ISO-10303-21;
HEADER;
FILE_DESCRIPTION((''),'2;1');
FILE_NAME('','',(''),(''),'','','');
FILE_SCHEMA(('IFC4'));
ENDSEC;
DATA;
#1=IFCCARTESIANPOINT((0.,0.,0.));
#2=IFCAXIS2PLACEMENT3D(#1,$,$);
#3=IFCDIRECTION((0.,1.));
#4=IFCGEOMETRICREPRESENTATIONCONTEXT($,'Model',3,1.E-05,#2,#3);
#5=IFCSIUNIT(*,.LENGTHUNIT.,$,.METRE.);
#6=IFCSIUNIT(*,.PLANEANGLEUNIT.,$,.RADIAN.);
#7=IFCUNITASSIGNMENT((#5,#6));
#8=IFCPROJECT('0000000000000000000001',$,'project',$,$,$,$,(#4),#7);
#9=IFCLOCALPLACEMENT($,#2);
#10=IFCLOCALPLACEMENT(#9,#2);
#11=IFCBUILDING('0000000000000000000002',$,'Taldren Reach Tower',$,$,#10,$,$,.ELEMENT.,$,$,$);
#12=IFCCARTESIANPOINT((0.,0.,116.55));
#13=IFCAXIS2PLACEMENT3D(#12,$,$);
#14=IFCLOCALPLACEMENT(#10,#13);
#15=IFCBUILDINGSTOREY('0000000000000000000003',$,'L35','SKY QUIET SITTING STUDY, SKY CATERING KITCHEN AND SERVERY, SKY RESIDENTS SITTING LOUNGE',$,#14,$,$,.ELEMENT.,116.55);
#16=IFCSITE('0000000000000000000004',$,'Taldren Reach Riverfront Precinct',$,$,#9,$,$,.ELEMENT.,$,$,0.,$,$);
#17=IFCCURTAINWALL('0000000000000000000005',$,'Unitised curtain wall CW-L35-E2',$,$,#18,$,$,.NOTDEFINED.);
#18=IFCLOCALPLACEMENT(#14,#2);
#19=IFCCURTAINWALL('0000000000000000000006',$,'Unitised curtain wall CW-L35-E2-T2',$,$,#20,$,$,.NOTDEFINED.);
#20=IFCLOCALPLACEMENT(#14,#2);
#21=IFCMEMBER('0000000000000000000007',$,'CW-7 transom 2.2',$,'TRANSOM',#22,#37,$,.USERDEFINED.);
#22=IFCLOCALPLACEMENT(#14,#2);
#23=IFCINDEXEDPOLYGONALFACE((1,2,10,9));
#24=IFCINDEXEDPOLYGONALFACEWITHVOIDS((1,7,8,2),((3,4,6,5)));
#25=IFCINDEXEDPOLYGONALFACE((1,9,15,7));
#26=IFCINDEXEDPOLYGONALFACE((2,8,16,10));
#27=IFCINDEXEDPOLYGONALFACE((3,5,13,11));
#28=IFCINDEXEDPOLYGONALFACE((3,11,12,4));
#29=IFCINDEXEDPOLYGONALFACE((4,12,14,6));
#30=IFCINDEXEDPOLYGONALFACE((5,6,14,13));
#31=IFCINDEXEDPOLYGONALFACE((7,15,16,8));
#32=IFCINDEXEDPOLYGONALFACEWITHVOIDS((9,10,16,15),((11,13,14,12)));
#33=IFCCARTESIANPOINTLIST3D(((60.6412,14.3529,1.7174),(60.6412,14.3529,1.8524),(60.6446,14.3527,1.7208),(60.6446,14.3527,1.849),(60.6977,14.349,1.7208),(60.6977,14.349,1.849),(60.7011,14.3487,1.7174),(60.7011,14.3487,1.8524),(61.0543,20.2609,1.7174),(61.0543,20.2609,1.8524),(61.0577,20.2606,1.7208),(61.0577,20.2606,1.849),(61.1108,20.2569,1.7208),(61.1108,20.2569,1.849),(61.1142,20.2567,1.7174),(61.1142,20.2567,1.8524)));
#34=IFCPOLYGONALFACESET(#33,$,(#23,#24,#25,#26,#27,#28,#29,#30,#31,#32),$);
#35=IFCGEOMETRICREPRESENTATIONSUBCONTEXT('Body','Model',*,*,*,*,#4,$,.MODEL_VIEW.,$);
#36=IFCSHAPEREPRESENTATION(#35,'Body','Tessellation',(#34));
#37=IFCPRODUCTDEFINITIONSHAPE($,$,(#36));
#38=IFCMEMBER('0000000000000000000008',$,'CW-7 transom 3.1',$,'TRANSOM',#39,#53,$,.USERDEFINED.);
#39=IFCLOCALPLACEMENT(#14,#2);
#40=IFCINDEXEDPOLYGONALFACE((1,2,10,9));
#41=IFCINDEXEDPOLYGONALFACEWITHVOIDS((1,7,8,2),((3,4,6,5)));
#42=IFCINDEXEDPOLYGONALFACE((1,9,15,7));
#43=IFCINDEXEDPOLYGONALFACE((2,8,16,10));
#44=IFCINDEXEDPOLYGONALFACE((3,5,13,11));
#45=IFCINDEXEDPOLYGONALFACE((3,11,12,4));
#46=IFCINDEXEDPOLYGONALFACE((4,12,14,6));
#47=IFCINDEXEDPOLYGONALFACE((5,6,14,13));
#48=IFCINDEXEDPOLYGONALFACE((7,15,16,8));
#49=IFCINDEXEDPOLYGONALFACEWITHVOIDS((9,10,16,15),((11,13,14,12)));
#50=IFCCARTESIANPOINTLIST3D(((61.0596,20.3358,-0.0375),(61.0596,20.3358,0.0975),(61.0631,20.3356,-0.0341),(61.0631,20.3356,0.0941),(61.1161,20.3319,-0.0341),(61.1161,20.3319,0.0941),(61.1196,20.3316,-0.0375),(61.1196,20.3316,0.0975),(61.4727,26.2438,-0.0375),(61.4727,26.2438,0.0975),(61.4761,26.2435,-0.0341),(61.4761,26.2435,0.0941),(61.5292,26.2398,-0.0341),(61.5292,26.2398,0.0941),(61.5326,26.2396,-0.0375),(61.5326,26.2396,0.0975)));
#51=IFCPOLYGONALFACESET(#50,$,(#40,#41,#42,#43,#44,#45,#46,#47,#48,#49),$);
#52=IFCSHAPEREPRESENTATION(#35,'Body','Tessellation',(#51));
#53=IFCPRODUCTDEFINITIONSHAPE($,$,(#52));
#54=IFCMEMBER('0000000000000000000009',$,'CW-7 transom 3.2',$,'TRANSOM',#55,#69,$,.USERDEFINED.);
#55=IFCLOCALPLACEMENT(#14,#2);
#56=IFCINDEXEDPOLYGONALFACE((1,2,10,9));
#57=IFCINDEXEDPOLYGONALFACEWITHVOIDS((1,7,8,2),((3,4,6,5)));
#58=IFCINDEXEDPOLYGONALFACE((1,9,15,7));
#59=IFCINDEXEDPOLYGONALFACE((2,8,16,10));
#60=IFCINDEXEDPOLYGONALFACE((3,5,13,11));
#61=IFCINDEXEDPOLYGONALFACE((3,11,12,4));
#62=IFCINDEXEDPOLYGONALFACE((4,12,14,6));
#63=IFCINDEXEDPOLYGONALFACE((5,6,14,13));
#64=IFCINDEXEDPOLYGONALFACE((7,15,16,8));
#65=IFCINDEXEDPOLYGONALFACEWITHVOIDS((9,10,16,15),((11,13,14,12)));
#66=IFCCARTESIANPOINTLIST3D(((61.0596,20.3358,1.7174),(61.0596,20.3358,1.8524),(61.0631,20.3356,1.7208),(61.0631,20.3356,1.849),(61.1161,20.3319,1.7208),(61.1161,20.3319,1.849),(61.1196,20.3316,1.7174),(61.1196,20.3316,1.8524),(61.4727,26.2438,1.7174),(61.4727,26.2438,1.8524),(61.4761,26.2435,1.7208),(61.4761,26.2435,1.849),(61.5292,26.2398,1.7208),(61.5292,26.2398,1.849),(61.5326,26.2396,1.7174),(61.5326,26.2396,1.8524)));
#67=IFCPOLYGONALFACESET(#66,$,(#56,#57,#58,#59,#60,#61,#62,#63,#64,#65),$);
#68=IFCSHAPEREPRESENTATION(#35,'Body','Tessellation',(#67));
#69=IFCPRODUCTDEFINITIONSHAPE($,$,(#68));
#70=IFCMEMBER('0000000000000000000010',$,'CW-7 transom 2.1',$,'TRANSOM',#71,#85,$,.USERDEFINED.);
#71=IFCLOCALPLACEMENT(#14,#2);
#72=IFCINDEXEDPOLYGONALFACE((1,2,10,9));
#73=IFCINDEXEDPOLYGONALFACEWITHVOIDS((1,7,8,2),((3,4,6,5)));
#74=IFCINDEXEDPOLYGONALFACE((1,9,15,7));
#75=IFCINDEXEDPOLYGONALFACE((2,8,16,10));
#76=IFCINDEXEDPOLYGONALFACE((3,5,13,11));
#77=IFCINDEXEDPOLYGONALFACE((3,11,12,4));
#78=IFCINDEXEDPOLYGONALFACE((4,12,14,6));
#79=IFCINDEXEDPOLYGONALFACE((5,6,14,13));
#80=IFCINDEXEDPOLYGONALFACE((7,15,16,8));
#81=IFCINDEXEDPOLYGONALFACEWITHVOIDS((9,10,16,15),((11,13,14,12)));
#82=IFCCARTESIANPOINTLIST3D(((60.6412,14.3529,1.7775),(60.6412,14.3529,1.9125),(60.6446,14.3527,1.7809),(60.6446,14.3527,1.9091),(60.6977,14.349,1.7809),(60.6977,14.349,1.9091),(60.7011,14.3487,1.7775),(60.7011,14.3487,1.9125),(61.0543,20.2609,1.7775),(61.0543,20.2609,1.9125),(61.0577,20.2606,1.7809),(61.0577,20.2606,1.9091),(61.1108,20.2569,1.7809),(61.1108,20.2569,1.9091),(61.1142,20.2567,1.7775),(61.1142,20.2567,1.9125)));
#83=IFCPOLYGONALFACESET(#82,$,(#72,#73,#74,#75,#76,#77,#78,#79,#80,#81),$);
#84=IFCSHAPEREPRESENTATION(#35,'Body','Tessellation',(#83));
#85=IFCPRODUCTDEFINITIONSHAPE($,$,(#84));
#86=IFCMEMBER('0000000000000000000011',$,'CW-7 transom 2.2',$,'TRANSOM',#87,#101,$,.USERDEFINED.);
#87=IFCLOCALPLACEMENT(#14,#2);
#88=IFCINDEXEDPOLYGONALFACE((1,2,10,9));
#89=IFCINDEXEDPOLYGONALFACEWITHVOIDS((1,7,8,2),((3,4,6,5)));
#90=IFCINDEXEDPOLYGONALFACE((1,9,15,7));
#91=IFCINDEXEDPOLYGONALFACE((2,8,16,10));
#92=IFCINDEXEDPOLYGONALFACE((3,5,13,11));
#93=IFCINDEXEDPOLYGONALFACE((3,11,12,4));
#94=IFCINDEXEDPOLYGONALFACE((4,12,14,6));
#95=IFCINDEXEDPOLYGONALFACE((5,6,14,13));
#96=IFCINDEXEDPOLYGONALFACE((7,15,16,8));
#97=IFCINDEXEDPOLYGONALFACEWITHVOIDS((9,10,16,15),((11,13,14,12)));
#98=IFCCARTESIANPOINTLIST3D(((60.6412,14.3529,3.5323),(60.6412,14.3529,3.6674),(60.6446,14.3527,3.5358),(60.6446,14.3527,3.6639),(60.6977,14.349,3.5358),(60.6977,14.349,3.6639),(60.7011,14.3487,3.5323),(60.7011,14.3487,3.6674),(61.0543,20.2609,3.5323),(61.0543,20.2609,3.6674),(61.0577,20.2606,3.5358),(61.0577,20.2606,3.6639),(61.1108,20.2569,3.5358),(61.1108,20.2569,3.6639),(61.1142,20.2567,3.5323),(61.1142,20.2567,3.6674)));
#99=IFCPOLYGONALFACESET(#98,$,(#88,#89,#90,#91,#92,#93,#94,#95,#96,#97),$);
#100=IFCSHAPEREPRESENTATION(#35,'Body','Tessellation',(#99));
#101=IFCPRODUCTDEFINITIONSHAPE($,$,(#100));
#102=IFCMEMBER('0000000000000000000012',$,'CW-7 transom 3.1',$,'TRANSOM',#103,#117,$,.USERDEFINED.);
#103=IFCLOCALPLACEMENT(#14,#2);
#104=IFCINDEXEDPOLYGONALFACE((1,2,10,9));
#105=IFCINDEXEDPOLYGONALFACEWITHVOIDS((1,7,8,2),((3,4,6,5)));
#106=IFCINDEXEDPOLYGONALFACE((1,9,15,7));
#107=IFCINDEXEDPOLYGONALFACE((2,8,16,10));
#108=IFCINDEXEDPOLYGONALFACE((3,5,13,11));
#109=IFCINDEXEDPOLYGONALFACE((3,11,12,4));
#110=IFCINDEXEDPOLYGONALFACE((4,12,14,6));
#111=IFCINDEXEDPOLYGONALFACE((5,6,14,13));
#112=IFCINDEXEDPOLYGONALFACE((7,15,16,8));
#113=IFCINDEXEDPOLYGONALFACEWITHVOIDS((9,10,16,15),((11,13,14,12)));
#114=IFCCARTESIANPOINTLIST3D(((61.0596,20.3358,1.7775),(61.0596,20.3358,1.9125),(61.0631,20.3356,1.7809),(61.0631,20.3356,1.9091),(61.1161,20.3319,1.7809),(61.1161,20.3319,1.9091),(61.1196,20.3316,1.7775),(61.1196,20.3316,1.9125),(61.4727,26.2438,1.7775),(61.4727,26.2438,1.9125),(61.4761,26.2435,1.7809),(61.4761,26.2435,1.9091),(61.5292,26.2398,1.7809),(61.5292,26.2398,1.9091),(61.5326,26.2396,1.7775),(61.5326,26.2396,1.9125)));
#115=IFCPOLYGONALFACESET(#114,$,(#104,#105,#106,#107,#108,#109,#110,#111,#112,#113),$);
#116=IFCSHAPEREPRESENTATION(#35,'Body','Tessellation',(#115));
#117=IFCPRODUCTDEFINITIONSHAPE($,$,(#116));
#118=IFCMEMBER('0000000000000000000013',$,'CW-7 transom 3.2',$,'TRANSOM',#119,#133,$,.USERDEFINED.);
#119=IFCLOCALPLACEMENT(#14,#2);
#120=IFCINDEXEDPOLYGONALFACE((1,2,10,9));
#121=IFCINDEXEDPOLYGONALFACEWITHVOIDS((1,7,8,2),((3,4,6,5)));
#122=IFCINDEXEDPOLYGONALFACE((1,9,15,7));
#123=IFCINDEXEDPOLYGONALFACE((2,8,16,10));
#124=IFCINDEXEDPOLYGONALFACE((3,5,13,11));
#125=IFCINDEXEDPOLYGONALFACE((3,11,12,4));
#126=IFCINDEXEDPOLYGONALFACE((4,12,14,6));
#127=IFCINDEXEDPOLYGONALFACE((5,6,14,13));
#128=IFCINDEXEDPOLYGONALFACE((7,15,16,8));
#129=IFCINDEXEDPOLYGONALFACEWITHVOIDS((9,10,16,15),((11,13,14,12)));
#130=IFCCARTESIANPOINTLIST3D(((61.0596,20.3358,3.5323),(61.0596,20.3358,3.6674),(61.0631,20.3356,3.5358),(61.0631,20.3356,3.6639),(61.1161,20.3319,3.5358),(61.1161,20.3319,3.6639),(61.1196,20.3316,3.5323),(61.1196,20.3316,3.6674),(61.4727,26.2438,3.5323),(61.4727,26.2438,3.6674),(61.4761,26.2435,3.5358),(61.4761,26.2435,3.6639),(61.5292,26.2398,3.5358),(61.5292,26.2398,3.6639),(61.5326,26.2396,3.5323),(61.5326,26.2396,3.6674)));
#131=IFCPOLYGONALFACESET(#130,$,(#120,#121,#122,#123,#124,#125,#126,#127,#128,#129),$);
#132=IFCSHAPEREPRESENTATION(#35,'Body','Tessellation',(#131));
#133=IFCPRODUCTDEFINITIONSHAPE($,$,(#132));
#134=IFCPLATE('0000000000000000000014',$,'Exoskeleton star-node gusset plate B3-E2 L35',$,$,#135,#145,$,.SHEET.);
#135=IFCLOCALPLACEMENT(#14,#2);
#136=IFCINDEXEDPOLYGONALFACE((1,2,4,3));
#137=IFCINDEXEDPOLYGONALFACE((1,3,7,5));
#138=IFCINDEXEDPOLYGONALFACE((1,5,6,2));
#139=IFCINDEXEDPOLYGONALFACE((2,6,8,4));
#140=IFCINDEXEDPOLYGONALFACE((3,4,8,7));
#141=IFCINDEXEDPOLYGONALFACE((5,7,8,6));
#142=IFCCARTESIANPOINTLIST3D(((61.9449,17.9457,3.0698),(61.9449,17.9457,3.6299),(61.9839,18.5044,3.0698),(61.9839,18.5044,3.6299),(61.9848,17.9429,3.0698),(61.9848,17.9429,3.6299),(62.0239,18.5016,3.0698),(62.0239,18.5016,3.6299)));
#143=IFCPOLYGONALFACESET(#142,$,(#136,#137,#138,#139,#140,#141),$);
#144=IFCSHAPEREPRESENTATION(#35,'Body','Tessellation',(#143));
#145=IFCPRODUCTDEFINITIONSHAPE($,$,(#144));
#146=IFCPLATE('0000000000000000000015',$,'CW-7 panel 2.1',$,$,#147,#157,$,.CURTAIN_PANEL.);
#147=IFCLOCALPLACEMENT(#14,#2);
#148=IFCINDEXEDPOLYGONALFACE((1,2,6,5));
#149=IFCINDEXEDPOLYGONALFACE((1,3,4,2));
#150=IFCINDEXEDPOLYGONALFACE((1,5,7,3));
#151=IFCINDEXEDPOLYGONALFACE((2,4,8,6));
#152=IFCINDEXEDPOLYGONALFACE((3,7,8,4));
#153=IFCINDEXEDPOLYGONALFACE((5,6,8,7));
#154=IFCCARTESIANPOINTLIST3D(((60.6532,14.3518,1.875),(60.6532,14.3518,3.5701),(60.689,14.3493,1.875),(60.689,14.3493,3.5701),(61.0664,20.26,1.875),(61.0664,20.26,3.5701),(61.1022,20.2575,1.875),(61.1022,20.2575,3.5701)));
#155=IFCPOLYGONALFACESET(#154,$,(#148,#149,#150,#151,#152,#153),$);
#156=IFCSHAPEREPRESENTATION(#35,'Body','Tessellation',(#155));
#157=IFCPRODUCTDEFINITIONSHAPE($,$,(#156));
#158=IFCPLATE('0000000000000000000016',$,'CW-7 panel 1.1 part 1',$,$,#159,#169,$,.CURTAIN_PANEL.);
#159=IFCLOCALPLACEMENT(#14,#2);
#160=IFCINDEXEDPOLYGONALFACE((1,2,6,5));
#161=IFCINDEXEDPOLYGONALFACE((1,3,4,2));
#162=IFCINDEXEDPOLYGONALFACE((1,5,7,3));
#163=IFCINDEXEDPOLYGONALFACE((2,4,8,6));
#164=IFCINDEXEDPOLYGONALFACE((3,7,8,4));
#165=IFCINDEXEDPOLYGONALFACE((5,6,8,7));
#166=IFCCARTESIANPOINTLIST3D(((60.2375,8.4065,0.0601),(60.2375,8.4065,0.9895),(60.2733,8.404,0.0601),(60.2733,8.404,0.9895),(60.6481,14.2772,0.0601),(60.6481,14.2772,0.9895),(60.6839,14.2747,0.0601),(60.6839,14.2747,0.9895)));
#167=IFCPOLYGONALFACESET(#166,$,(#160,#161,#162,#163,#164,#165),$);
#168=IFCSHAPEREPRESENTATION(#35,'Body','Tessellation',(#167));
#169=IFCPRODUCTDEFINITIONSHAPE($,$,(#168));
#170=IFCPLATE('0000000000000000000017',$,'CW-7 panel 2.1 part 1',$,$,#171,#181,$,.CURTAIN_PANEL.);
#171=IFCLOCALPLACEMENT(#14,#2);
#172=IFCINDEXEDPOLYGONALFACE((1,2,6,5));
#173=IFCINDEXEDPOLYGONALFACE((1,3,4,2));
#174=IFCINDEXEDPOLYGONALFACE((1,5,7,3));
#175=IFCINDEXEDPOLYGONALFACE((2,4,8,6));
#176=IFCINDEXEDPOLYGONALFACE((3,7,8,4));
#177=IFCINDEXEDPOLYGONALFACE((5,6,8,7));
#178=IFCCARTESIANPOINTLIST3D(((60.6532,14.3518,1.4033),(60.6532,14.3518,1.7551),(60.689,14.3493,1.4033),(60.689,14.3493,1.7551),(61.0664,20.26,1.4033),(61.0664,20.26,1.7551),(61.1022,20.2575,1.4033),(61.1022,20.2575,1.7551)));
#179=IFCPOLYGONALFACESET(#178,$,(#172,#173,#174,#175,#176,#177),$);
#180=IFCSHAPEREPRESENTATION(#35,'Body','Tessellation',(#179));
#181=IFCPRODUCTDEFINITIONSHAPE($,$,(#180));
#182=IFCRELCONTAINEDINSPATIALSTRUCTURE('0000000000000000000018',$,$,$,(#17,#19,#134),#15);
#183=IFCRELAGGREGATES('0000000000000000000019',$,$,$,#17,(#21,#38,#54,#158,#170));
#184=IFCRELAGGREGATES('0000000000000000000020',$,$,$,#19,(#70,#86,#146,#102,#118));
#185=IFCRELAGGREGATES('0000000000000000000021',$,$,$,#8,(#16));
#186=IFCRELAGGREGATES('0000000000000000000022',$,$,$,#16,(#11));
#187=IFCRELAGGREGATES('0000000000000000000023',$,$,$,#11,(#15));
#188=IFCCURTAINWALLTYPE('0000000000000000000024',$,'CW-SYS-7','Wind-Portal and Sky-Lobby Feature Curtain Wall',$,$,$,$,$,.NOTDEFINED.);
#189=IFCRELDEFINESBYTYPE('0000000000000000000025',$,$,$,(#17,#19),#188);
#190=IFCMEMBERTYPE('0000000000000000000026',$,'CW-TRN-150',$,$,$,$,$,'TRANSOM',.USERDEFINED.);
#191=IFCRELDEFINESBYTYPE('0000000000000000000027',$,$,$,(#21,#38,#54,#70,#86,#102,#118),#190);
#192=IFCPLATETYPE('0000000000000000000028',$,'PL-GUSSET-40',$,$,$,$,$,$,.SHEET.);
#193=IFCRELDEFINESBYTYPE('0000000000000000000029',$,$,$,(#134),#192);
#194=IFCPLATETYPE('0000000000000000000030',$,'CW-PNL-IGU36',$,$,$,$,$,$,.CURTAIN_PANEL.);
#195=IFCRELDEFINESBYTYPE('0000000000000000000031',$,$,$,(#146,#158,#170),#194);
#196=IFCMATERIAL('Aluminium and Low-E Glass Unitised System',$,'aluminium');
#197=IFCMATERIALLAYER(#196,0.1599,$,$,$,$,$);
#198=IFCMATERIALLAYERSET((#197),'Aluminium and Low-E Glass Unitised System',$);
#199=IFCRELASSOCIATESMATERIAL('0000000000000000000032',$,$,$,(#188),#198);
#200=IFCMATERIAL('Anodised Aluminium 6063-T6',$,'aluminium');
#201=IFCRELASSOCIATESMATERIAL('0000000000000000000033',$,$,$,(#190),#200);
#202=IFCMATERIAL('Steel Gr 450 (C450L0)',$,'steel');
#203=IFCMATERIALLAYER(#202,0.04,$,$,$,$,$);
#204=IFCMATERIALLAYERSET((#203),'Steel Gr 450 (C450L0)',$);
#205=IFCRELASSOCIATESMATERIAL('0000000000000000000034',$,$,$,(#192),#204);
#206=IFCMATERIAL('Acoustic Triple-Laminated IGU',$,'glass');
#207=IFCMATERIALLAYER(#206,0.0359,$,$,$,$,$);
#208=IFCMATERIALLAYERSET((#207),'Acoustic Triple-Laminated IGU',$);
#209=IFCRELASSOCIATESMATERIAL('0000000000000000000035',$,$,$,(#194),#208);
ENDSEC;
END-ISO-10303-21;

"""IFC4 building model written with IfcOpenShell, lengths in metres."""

from ifc_helpers import new_model, si_unit, direction, frame, origin, origin_2d, place, context, subcontext, project, spatial, rectangle, hollow_rectangle, extrude, source, transform, mapped, material, layer, layer_set, material_profile, profile_set, type_object, element, aggregate, save


model = new_model("IFC4")

# Units and contexts
model_context = context("Model", 3, precision=1e-05, world=origin(), true_north=direction((0.0, 1.0)))
body_context = subcontext(model_context, "Body", "Model", "MODEL_VIEW")
ifc_project = project(units=[si_unit("LENGTHUNIT", "METRE"), si_unit("PLANEANGLEUNIT", "RADIAN")], contexts=[model_context])

# Site, building, storey
site_placement = place(None, origin())
site = spatial("IfcSite", under=ifc_project, at=site_placement, Name="Taldren Reach Riverfront Precinct", CompositionType="ELEMENT", RefElevation=0.0)
building_placement = place(site_placement, origin())
building = spatial("IfcBuilding", under=site, at=building_placement, Name="Taldren Reach Tower", CompositionType="ELEMENT")
storey_placement = place(building_placement, frame((0.0, 0.0, 116.55)))
storey = spatial("IfcBuildingStorey", under=building, at=storey_placement, Name="L35", Description="SKY QUIET SITTING STUDY, SKY CATERING KITCHEN AND SERVERY, SKY RESIDENTS SITTING LOUNGE", CompositionType="ELEMENT", Elevation=116.55)

# Shared definitions
ifc_material_1 = material(Name="Steel Gr 450 (C450L0)", Category="steel")

# Curtain walls
ifc_material_2 = material(Name="Aluminium and Low-E Glass Unitised System", Category="aluminium")
ifc_layer_1 = layer(ifc_material_2, 0.1599)
ifc_layer_set_1 = layer_set([ifc_layer_1], Name="Aluminium and Low-E Glass Unitised System")
curtain_wall_type = type_object("IfcCurtainWallType", Name="CW-SYS-7", Description="Wind-Portal and Sky-Lobby Feature Curtain Wall", PredefinedType="NOTDEFINED", material=ifc_layer_set_1)
curtain_wall_1_placement = place(storey_placement, origin())
curtain_wall_1 = element("IfcCurtainWall", 1, at=curtain_wall_1_placement, inside=storey, type_object=curtain_wall_type, Name="Unitised curtain wall CW-L35-E2", PredefinedType="NOTDEFINED")
ifc_material_3 = material(Name="Anodised Aluminium 6063-T6", Category="aluminium")
curtain_wall_2_placement = place(storey_placement, origin())
curtain_wall_2 = element("IfcCurtainWall", 2, at=curtain_wall_2_placement, inside=storey, type_object=curtain_wall_type, Name="Unitised curtain wall CW-L35-E2-T2", PredefinedType="NOTDEFINED")

# Members
ifc_material_profile_1 = material_profile(ifc_material_3, hollow_rectangle(XDim=0.0601, YDim=0.135, WallThickness=0.0034, at=origin_2d()), Name="ALU-135x60x3.5RHS")
ifc_profile_set_1 = profile_set([ifc_material_profile_1], Name="Anodised Aluminium 6063-T6")
member_type_1 = type_object("IfcMemberType", Name="CW-TRN-150", ElementType="TRANSOM", PredefinedType="USERDEFINED", material=ifc_profile_set_1)
shared_shape_1 = source(origin(), body_context, "Body", "SweptSolid", [
    extrude(hollow_rectangle(XDim=0.0601, YDim=0.135, WallThickness=0.0034, at=origin_2d()), origin(), (0.0, 0.0, 1.0), 5.9224),
])
member_1_placement = place(storey_placement, frame((60.6711, 14.3508, 1.7849), z_axis=(0.06975, 0.997565, 0.0), x_axis=(-0.997565, 0.06975, 0.0)))
member_1 = element("IfcMember", 3, at=member_1_placement, type_object=member_type_1, Name="CW-7 transom 2.2", ObjectType="TRANSOM", PredefinedType="USERDEFINED", context=body_context, shape_type="MappedRepresentation", body=[
    mapped(shared_shape_1, transform((0.0, 0.0, 0.0), scale=1.0)),
])
member_2_placement = place(storey_placement, frame((61.0896, 20.3337, 0.03), z_axis=(0.06975, 0.997565, 0.0), x_axis=(-0.997565, 0.06975, 0.0)))
member_2 = element("IfcMember", 4, at=member_2_placement, type_object=member_type_1, Name="CW-7 transom 3.1", ObjectType="TRANSOM", PredefinedType="USERDEFINED", context=body_context, shape_type="MappedRepresentation", body=[
    mapped(shared_shape_1, transform((0.0, 0.0, 0.0), scale=1.0)),
])
member_3_placement = place(storey_placement, frame((61.0896, 20.3337, 1.7849), z_axis=(0.06975, 0.997565, 0.0), x_axis=(-0.997565, 0.06975, 0.0)))
member_3 = element("IfcMember", 5, at=member_3_placement, type_object=member_type_1, Name="CW-7 transom 3.2", ObjectType="TRANSOM", PredefinedType="USERDEFINED", context=body_context, shape_type="MappedRepresentation", body=[
    mapped(shared_shape_1, transform((0.0, 0.0, 0.0), scale=1.0)),
])
member_4_placement = place(storey_placement, frame((60.6711, 14.3508, 1.845), z_axis=(0.06975, 0.997565, 0.0), x_axis=(-0.997565, 0.06975, 0.0)))
member_4 = element("IfcMember", 6, at=member_4_placement, type_object=member_type_1, Name="CW-7 transom 2.1", ObjectType="TRANSOM", PredefinedType="USERDEFINED", context=body_context, shape_type="MappedRepresentation", body=[
    mapped(shared_shape_1, transform((0.0, 0.0, 0.0), scale=1.0)),
])
member_5_placement = place(storey_placement, frame((60.6711, 14.3508, 3.5999), z_axis=(0.06975, 0.997565, 0.0), x_axis=(-0.997565, 0.06975, 0.0)))
member_5 = element("IfcMember", 7, at=member_5_placement, type_object=member_type_1, Name="CW-7 transom 2.2", ObjectType="TRANSOM", PredefinedType="USERDEFINED", context=body_context, shape_type="MappedRepresentation", body=[
    mapped(shared_shape_1, transform((0.0, 0.0, 0.0), scale=1.0)),
])
member_6_placement = place(storey_placement, frame((61.0896, 20.3337, 1.845), z_axis=(0.06975, 0.997565, 0.0), x_axis=(-0.997565, 0.06975, 0.0)))
member_6 = element("IfcMember", 8, at=member_6_placement, type_object=member_type_1, Name="CW-7 transom 3.1", ObjectType="TRANSOM", PredefinedType="USERDEFINED", context=body_context, shape_type="MappedRepresentation", body=[
    mapped(shared_shape_1, transform((0.0, 0.0, 0.0), scale=1.0)),
])
member_7_placement = place(storey_placement, frame((61.0896, 20.3337, 3.5999), z_axis=(0.06975, 0.997565, 0.0), x_axis=(-0.997565, 0.06975, 0.0)))
member_7 = element("IfcMember", 9, at=member_7_placement, type_object=member_type_1, Name="CW-7 transom 3.2", ObjectType="TRANSOM", PredefinedType="USERDEFINED", context=body_context, shape_type="MappedRepresentation", body=[
    mapped(shared_shape_1, transform((0.0, 0.0, 0.0), scale=1.0)),
])

# Plates
ifc_layer_2 = layer(ifc_material_1, 0.04)
ifc_layer_set_2 = layer_set([ifc_layer_2], Name="Steel Gr 450 (C450L0)")
plate_type_1 = type_object("IfcPlateType", Name="PL-GUSSET-40", PredefinedType="SHEET", material=ifc_layer_set_2)
shared_shape_2 = source(origin(), body_context, "Body", "SweptSolid", [
    extrude(rectangle(XDim=0.5601, YDim=0.04, at=origin_2d()), origin(), (0.0, 0.0, 1.0), 0.5601),
])
plate_1_placement = place(storey_placement, frame((61.9844, 18.2236, 3.0698), z_axis=(0.0, 0.0, 1.0), x_axis=(0.069756, 0.997564, 0.0)))
element("IfcPlate", 10, at=plate_1_placement, inside=storey, type_object=plate_type_1, Name="Exoskeleton star-node gusset plate B3-E2 L35", PredefinedType="SHEET", context=body_context, shape_type="MappedRepresentation", body=[
    mapped(shared_shape_2, transform((0.0, 0.0, 0.0), scale=1.0)),
])
ifc_material_4 = material(Name="Acoustic Triple-Laminated IGU", Category="glass")
ifc_layer_3 = layer(ifc_material_4, 0.0359)
ifc_layer_set_3 = layer_set([ifc_layer_3], Name="Acoustic Triple-Laminated IGU")
plate_type_2 = type_object("IfcPlateType", Name="CW-PNL-IGU36", PredefinedType="CURTAIN_PANEL", material=ifc_layer_set_3)
shared_shape_3 = source(origin(), body_context, "Body", "SweptSolid", [
    extrude(rectangle(XDim=5.9226, YDim=0.0359, at=origin_2d()), origin(), (0.0, 0.0, 1.0), 1.6951),
])
plate_2_placement = place(storey_placement, frame((60.8777, 17.3047, 1.875), z_axis=(0.0, 0.0, 1.0), x_axis=(0.069757, 0.997564, 0.0)))
plate_2 = element("IfcPlate", 11, at=plate_2_placement, type_object=plate_type_2, Name="CW-7 panel 2.1", PredefinedType="CURTAIN_PANEL", context=body_context, shape_type="MappedRepresentation", body=[
    mapped(shared_shape_3, transform((0.0, 0.0, 0.0), scale=1.0)),
])
shared_shape_4 = source(origin(), body_context, "Body", "SweptSolid", [
    extrude(rectangle(XDim=5.885, YDim=0.0359, at=origin_2d()), origin(), (0.0, 0.0, 1.0), 0.9294),
])
plate_3_placement = place(storey_placement, frame((60.4607, 11.3406, 0.0601), z_axis=(0.0, 0.0, 1.0), x_axis=(0.069757, 0.997564, 0.0)))
plate_3 = element("IfcPlate", 12, at=plate_3_placement, type_object=plate_type_2, Name="CW-7 panel 1.1 part 1", PredefinedType="CURTAIN_PANEL", context=body_context, shape_type="MappedRepresentation", body=[
    mapped(shared_shape_4, transform((0.0, 0.0, 0.0), scale=1.0)),
])
shared_shape_5 = source(origin(), body_context, "Body", "SweptSolid", [
    extrude(rectangle(XDim=5.9226, YDim=0.0359, at=origin_2d()), origin(), (0.0, 0.0, 1.0), 0.3518),
])
plate_4_placement = place(storey_placement, frame((60.8777, 17.3047, 1.4033), z_axis=(0.0, 0.0, 1.0), x_axis=(0.069757, 0.997564, 0.0)))
plate_4 = element("IfcPlate", 13, at=plate_4_placement, type_object=plate_type_2, Name="CW-7 panel 2.1 part 1", PredefinedType="CURTAIN_PANEL", context=body_context, shape_type="MappedRepresentation", body=[
    mapped(shared_shape_5, transform((0.0, 0.0, 0.0), scale=1.0)),
])
aggregate(curtain_wall_1, [member_1, member_2, member_3, plate_3, plate_4])
aggregate(curtain_wall_2, [member_4, member_5, plate_2, member_6, member_7])

save(model, "model.ifc")
